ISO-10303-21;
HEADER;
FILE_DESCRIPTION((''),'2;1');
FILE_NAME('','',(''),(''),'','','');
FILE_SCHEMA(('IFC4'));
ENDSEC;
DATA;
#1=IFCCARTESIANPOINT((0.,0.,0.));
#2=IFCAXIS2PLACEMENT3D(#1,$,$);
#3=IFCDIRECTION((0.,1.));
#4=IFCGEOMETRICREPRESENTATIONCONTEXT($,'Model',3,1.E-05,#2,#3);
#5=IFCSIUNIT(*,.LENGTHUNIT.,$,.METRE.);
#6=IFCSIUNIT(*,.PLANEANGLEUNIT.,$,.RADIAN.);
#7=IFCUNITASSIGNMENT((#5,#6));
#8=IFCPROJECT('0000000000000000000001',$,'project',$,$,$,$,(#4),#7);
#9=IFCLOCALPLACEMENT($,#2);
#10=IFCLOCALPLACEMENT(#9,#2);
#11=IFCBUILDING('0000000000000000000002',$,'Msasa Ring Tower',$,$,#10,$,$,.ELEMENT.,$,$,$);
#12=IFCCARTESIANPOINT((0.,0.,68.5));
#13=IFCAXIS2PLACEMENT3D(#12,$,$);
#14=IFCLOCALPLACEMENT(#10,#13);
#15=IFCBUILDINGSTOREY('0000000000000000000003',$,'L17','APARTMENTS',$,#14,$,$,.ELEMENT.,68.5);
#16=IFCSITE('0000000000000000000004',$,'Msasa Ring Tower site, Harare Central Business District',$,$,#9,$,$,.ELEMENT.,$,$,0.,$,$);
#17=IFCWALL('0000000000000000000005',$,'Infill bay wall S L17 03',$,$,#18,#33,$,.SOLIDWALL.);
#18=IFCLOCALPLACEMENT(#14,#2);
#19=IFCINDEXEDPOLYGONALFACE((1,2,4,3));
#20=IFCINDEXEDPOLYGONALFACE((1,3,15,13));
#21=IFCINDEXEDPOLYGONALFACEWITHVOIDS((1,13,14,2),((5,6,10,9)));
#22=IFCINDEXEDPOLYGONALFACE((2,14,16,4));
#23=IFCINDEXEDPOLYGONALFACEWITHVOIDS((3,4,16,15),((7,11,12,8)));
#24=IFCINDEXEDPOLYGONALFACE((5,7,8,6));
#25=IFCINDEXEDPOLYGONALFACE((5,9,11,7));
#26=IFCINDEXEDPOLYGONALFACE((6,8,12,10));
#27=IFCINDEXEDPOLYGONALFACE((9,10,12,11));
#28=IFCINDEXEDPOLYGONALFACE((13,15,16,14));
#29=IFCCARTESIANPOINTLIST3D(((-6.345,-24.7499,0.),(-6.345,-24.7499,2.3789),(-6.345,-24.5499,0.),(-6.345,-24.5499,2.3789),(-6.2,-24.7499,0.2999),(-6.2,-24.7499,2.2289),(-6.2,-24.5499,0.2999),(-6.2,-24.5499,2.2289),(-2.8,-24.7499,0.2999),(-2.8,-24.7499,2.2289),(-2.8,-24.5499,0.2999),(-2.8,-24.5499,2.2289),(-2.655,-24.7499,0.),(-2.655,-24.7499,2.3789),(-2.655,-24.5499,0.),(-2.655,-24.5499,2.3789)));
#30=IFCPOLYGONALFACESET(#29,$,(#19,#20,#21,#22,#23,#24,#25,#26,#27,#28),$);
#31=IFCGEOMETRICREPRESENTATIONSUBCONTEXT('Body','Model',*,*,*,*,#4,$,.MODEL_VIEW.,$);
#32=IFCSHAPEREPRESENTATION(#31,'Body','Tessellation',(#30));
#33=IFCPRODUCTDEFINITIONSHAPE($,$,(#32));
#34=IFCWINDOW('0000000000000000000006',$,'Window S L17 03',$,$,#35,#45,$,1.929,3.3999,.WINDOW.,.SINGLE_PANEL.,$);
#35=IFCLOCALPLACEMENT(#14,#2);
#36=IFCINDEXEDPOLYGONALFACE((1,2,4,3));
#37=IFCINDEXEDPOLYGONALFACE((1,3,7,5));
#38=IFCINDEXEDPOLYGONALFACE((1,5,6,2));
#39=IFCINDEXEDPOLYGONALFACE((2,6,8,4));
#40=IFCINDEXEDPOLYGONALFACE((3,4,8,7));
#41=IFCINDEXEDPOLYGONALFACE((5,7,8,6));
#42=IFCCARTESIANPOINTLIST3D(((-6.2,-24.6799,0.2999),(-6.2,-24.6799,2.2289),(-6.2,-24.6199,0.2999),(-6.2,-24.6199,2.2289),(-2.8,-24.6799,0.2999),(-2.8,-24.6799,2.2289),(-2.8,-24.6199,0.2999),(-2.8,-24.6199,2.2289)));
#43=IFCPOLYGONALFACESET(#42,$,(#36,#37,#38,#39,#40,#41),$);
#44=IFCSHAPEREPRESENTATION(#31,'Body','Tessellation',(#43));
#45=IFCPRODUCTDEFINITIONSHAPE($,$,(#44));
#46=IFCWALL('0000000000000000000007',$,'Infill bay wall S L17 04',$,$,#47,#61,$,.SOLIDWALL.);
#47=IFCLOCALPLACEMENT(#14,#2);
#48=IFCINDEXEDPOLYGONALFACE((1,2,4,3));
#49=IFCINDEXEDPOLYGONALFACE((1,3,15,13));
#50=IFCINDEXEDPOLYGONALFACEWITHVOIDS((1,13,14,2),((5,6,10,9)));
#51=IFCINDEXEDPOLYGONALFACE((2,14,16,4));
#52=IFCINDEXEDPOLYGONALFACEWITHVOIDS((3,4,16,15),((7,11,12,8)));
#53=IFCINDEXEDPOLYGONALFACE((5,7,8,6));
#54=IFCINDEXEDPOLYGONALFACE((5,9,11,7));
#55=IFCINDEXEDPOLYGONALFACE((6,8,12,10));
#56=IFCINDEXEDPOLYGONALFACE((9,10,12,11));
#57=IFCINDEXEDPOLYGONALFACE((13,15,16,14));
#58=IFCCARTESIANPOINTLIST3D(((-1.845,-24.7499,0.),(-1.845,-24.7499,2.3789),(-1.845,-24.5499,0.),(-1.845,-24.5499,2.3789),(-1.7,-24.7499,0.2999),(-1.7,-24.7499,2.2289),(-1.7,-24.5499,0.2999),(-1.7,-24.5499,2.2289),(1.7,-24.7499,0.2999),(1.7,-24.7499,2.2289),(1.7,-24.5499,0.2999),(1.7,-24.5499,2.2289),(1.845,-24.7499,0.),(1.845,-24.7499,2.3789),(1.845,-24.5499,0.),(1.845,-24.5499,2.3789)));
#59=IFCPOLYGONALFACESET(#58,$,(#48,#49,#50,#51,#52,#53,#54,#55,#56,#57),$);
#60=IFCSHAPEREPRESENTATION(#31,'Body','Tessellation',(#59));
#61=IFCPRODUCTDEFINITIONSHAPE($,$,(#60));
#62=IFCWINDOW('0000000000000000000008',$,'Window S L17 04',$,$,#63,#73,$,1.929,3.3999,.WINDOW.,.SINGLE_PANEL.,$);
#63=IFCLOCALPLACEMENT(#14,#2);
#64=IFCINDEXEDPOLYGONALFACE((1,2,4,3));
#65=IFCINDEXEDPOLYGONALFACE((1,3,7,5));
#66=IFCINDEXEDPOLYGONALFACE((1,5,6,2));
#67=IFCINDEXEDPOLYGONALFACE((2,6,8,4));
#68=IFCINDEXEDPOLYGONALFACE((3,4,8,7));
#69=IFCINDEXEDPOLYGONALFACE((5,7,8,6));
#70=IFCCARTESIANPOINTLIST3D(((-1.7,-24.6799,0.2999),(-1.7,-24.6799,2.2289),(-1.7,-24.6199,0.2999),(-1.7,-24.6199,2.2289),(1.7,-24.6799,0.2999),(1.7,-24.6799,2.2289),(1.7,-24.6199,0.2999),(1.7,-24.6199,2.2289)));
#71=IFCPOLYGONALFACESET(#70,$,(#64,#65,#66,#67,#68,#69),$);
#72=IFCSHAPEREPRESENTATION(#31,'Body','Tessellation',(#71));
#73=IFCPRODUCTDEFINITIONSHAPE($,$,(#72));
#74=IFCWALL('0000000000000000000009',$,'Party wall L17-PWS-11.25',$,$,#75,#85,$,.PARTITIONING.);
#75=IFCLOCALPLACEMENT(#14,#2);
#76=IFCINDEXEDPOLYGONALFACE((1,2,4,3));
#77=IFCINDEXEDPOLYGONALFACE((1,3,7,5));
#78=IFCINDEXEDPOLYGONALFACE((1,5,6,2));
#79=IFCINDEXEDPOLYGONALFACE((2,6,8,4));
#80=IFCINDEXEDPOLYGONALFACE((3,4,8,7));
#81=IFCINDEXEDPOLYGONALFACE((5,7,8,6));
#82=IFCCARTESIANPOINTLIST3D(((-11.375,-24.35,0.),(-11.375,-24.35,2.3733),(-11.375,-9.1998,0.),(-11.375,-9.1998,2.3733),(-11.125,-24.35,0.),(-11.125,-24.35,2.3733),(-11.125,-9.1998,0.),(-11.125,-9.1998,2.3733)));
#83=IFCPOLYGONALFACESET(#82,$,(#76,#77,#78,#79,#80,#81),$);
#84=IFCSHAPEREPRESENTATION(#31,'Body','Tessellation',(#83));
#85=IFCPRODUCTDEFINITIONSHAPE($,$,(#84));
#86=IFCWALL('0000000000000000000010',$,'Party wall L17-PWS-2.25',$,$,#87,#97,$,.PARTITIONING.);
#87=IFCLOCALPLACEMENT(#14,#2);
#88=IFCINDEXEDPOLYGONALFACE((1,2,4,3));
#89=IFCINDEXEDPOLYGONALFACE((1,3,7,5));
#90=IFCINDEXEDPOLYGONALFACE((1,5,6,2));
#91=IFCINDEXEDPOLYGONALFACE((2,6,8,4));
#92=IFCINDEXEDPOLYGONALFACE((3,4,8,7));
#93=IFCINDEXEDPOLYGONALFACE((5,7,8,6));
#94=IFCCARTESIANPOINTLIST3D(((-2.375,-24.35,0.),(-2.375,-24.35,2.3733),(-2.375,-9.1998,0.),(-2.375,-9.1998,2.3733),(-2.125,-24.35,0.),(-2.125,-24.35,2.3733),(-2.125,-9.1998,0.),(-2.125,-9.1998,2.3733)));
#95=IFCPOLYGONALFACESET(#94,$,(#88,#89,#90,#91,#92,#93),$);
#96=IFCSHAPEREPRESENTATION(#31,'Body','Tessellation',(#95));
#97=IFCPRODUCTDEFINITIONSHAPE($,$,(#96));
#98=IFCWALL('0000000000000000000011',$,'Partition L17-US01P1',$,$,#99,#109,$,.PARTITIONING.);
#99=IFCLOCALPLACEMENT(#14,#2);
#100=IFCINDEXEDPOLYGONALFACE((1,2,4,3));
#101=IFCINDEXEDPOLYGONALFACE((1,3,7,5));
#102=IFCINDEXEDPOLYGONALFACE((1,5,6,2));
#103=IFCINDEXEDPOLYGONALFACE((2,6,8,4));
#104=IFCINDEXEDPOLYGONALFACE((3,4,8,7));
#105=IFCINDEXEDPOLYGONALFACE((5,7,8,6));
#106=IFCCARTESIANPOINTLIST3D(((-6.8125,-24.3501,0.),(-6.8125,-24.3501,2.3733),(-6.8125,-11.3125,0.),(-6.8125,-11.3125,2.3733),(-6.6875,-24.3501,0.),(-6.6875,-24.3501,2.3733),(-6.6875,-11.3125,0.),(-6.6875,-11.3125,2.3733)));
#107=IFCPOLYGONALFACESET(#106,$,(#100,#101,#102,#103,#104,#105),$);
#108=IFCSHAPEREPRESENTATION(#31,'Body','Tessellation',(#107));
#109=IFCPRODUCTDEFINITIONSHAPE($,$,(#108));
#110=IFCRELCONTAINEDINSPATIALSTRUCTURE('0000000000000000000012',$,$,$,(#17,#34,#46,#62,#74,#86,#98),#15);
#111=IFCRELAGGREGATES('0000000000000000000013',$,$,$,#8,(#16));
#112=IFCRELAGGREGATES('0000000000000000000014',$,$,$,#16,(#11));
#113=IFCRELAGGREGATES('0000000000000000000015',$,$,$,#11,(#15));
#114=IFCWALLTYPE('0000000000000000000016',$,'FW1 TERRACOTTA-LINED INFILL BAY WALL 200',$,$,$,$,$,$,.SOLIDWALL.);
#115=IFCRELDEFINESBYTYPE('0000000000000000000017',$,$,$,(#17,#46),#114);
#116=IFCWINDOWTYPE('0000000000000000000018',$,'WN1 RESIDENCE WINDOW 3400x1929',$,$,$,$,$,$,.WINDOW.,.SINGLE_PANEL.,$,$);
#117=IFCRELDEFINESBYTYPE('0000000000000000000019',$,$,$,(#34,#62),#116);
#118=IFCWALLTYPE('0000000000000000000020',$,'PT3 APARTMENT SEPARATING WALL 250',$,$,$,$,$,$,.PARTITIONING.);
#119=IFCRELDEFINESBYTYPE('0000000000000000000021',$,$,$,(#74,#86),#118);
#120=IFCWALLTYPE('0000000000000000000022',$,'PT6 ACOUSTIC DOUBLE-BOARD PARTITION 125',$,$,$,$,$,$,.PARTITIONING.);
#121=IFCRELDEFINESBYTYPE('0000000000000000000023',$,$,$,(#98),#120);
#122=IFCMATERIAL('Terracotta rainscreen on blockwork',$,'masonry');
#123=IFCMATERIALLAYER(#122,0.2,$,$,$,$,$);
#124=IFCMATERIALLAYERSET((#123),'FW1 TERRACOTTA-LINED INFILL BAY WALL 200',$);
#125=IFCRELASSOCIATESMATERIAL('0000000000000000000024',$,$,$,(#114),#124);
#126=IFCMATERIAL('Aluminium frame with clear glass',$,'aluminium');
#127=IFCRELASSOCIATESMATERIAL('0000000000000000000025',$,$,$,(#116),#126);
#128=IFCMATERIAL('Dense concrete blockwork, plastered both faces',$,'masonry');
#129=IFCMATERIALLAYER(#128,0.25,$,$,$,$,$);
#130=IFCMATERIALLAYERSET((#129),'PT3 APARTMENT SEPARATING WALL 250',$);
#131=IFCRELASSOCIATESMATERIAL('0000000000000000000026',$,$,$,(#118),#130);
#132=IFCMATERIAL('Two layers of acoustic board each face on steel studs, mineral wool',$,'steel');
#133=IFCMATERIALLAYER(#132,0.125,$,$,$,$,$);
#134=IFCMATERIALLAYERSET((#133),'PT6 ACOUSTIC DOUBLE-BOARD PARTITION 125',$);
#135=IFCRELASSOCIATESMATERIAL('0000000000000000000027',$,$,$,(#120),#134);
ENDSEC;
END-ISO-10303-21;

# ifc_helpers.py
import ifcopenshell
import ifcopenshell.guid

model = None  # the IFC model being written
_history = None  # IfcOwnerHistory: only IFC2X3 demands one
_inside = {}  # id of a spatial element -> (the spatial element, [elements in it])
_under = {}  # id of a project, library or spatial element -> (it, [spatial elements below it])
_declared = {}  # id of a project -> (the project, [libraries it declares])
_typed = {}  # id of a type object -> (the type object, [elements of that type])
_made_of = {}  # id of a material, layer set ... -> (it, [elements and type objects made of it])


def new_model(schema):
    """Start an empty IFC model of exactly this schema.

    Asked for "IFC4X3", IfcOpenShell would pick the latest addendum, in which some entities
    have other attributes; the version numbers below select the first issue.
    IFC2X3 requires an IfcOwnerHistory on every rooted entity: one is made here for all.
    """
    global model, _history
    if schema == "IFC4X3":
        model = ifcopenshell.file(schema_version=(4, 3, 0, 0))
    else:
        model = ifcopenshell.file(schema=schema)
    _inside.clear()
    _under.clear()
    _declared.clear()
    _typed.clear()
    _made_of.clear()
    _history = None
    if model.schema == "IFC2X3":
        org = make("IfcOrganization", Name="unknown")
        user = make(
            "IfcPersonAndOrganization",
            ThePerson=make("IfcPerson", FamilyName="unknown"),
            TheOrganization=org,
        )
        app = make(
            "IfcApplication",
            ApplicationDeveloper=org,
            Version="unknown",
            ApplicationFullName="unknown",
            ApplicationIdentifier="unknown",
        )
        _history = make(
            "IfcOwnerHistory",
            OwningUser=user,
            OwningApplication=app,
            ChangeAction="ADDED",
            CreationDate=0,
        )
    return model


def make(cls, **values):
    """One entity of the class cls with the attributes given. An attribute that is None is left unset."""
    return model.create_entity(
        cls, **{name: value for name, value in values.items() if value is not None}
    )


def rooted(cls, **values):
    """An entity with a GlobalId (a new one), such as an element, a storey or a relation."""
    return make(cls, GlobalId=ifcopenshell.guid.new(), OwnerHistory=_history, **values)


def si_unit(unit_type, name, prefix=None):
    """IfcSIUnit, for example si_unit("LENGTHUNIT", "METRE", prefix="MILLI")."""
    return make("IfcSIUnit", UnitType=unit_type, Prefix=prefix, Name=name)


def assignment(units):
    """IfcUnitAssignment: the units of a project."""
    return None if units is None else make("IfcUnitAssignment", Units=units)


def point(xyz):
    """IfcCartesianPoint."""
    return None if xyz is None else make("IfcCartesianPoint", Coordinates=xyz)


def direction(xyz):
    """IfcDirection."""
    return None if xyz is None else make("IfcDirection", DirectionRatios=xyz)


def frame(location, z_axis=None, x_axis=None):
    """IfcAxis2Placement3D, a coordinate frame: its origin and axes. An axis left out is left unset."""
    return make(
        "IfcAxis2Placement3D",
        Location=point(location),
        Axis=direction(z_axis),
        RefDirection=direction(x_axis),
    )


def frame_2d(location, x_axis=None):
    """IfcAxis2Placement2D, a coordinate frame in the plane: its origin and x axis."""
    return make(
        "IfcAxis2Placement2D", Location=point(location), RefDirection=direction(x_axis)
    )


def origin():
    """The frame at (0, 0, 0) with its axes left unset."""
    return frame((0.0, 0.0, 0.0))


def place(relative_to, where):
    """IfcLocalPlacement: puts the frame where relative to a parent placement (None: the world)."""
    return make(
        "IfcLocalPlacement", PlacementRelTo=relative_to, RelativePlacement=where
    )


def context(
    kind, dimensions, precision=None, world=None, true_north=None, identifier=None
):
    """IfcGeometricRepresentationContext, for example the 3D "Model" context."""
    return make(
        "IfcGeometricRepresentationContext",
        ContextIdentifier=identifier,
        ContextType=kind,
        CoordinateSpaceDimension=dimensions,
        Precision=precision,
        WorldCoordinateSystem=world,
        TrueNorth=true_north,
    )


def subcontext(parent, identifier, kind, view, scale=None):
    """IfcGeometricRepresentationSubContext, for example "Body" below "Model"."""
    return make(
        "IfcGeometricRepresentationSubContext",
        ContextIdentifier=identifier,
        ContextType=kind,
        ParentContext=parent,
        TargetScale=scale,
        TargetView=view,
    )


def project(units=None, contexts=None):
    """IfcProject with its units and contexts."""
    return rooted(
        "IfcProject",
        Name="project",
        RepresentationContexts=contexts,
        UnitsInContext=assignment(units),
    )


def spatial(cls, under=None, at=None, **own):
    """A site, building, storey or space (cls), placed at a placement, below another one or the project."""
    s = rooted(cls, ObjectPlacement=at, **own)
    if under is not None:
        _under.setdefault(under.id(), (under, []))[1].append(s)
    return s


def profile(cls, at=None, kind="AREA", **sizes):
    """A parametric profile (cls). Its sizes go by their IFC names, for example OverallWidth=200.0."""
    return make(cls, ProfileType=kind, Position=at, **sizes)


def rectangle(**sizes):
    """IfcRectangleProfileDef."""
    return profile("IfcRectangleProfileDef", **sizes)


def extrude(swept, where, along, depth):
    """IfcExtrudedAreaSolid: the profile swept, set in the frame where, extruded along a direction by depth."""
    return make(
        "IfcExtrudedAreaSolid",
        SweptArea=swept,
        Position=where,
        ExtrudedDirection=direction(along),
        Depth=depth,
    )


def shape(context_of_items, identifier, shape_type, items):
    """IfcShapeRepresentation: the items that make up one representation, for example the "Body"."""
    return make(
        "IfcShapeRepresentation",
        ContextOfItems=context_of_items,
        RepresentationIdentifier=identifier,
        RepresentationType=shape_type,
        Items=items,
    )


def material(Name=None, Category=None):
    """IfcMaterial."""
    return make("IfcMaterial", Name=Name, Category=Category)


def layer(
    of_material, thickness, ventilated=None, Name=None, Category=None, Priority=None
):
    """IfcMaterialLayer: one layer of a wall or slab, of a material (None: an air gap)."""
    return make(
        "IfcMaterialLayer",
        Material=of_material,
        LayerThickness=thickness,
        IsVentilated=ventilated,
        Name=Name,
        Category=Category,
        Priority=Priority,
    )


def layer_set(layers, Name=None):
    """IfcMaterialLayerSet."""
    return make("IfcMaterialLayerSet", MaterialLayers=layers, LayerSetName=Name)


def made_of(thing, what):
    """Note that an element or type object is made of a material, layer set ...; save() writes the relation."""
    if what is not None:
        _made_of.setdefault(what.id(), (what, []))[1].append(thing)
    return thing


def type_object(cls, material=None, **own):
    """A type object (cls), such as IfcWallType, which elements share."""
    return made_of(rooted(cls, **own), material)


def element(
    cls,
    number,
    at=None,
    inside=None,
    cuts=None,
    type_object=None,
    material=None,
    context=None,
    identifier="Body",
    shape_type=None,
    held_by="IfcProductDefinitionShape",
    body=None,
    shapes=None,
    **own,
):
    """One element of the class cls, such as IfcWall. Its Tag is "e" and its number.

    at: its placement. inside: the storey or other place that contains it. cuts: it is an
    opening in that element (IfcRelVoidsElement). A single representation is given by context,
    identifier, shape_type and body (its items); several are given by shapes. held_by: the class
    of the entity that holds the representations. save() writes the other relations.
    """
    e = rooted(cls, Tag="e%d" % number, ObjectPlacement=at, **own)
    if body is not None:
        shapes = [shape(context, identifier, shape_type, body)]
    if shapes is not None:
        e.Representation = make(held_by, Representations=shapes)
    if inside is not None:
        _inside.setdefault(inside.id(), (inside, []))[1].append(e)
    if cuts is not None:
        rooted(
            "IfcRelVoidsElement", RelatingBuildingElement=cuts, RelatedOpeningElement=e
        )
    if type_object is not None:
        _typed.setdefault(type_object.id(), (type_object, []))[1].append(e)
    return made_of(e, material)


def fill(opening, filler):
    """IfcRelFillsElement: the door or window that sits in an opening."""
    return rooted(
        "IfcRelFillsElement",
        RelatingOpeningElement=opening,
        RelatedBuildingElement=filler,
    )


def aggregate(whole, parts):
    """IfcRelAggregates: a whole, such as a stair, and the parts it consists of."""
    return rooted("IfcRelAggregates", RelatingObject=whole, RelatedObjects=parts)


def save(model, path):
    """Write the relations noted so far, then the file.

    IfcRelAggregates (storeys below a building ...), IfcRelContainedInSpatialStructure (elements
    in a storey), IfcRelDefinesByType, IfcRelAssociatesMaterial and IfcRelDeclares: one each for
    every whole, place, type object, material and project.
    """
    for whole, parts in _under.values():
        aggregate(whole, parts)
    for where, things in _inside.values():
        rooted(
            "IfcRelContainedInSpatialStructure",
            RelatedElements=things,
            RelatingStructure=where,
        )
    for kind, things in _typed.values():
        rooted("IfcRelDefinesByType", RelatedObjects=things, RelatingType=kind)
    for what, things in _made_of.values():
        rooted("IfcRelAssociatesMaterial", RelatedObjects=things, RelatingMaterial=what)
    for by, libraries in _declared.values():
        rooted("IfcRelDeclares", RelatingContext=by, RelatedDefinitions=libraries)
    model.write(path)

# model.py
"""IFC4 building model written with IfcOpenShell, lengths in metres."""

from ifc_helpers import new_model, si_unit, direction, frame, frame_2d, origin, place, context, subcontext, project, spatial, rectangle, extrude, material, layer, layer_set, type_object, element, fill, save


model = new_model("IFC4")

# Units and contexts
model_context = context("Model", 3, precision=1e-05, world=origin(), true_north=direction((0.0, 1.0)))
body_context = subcontext(model_context, "Body", "Model", "MODEL_VIEW")
ifc_project = project(units=[si_unit("LENGTHUNIT", "METRE"), si_unit("PLANEANGLEUNIT", "RADIAN")], contexts=[model_context])

# Site, building, storey
site_placement = place(None, origin())
site = spatial("IfcSite", under=ifc_project, at=site_placement, Name="Msasa Ring Tower site, Harare Central Business District", CompositionType="ELEMENT", RefElevation=0.0)
building_placement = place(site_placement, origin())
building = spatial("IfcBuilding", under=site, at=building_placement, Name="Msasa Ring Tower", CompositionType="ELEMENT")
storey_placement = place(building_placement, frame((0.0, 0.0, 68.5)))
storey = spatial("IfcBuildingStorey", under=building, at=storey_placement, Name="L17", Description="APARTMENTS", CompositionType="ELEMENT", Elevation=68.5)

# Walls, openings, windows
ifc_material_1 = material(Name="Terracotta rainscreen on blockwork", Category="masonry")
ifc_layer_1 = layer(ifc_material_1, 0.2)
ifc_layer_set_1 = layer_set([ifc_layer_1], Name="FW1 TERRACOTTA-LINED INFILL BAY WALL 200")
wall_type_1 = type_object("IfcWallType", Name="FW1 TERRACOTTA-LINED INFILL BAY WALL 200", PredefinedType="SOLIDWALL", material=ifc_layer_set_1)
ifc_material_2 = material(Name="Aluminium frame with clear glass", Category="aluminium")
window_type = type_object("IfcWindowType", Name="WN1 RESIDENCE WINDOW 3400x1929", PartitioningType="SINGLE_PANEL", PredefinedType="WINDOW", material=ifc_material_2)
wall_1_placement = place(storey_placement, frame((-6.345, -24.6499, 0.0), z_axis=(0.0, 0.0, 1.0), x_axis=(1.0, 0.0, 0.0)))
wall_1 = element("IfcWall", 1, at=wall_1_placement, inside=storey, type_object=wall_type_1, Name="Infill bay wall S L17 03", PredefinedType="SOLIDWALL", context=body_context, shape_type="SweptSolid", body=[
    extrude(rectangle(XDim=3.6899, YDim=0.2, at=frame_2d((1.845, 0.0))), origin(), (0.0, 0.0, 1.0), 2.3789),
])
opening_1_placement = place(wall_1_placement, frame((0.145, 0.0, 0.3)))
opening_1 = element("IfcOpeningElement", 2, at=opening_1_placement, cuts=wall_1, PredefinedType="OPENING", context=body_context, shape_type="SweptSolid", body=[
    extrude(rectangle(XDim=3.3999, YDim=1.929, at=frame_2d((1.7, 0.9644))), frame((0.0, 0.1099, 0.0), z_axis=(0.0, -1.0, 0.0), x_axis=(1.0, 0.0, 0.0)), (0.0, 0.0, 1.0), 0.22),
])
window_1_placement = place(opening_1_placement, origin())
window_1 = element("IfcWindow", 3, at=window_1_placement, inside=storey, type_object=window_type, Name="Window S L17 03", OverallHeight=1.929, OverallWidth=3.3999, PartitioningType="SINGLE_PANEL", PredefinedType="WINDOW", context=body_context, shape_type="SweptSolid", body=[
    extrude(rectangle(XDim=3.3999, YDim=1.929, at=frame_2d((1.7, 0.9644))), frame((0.0, 0.03, 0.0), z_axis=(0.0, -1.0, 0.0), x_axis=(1.0, 0.0, 0.0)), (0.0, 0.0, 1.0), 0.0601),
])
fill(opening_1, window_1)
wall_2_placement = place(storey_placement, frame((-1.845, -24.6499, 0.0), z_axis=(0.0, 0.0, 1.0), x_axis=(1.0, 0.0, 0.0)))
wall_2 = element("IfcWall", 4, at=wall_2_placement, inside=storey, type_object=wall_type_1, Name="Infill bay wall S L17 04", PredefinedType="SOLIDWALL", context=body_context, shape_type="SweptSolid", body=[
    extrude(rectangle(XDim=3.6899, YDim=0.2, at=frame_2d((1.845, 0.0))), origin(), (0.0, 0.0, 1.0), 2.3789),
])
opening_2_placement = place(wall_2_placement, frame((0.145, 0.0, 0.3)))
opening_2 = element("IfcOpeningElement", 5, at=opening_2_placement, cuts=wall_2, PredefinedType="OPENING", context=body_context, shape_type="SweptSolid", body=[
    extrude(rectangle(XDim=3.3999, YDim=1.929, at=frame_2d((1.7, 0.9644))), frame((0.0, 0.1099, 0.0), z_axis=(0.0, -1.0, 0.0), x_axis=(1.0, 0.0, 0.0)), (0.0, 0.0, 1.0), 0.22),
])
window_2_placement = place(opening_2_placement, origin())
window_2 = element("IfcWindow", 6, at=window_2_placement, inside=storey, type_object=window_type, Name="Window S L17 04", OverallHeight=1.929, OverallWidth=3.3999, PartitioningType="SINGLE_PANEL", PredefinedType="WINDOW", context=body_context, shape_type="SweptSolid", body=[
    extrude(rectangle(XDim=3.3999, YDim=1.929, at=frame_2d((1.7, 0.9644))), frame((0.0, 0.03, 0.0), z_axis=(0.0, -1.0, 0.0), x_axis=(1.0, 0.0, 0.0)), (0.0, 0.0, 1.0), 0.0601),
])
fill(opening_2, window_2)

# Walls
ifc_material_3 = material(Name="Dense concrete blockwork, plastered both faces", Category="masonry")
ifc_layer_2 = layer(ifc_material_3, 0.25)
ifc_layer_set_2 = layer_set([ifc_layer_2], Name="PT3 APARTMENT SEPARATING WALL 250")
wall_type_2 = type_object("IfcWallType", Name="PT3 APARTMENT SEPARATING WALL 250", PredefinedType="PARTITIONING", material=ifc_layer_set_2)
for number, where, z_axis, x_axis, name in (
    (7, (-11.25, -24.3501, 0.0), (0.0, 0.0, 1.0), (0.0, 1.0, 0.0), "Party wall L17-PWS-11.25"),
    (8, (-2.25, -24.3501, 0.0), (0.0, 0.0, 1.0), (0.0, 1.0, 0.0), "Party wall L17-PWS-2.25"),
):
    element("IfcWall", number, at=place(storey_placement, frame(where, z_axis=z_axis, x_axis=x_axis)), inside=storey, type_object=wall_type_2, Name=name, PredefinedType="PARTITIONING", context=body_context, shape_type="SweptSolid", body=[
        extrude(rectangle(XDim=15.1501, YDim=0.25, at=frame_2d((7.5752, 0.0))), origin(), (0.0, 0.0, 1.0), 2.3733),
    ])
ifc_material_4 = material(Name="Two layers of acoustic board each face on steel studs, mineral wool", Category="steel")
ifc_layer_3 = layer(ifc_material_4, 0.125)
ifc_layer_set_3 = layer_set([ifc_layer_3], Name="PT6 ACOUSTIC DOUBLE-BOARD PARTITION 125")
wall_type_3 = type_object("IfcWallType", Name="PT6 ACOUSTIC DOUBLE-BOARD PARTITION 125", PredefinedType="PARTITIONING", material=ifc_layer_set_3)
wall_3_placement = place(storey_placement, frame((-6.75, -24.3501, 0.0), z_axis=(0.0, 0.0, 1.0), x_axis=(0.0, 1.0, 0.0)))
element("IfcWall", 9, at=wall_3_placement, inside=storey, type_object=wall_type_3, Name="Partition L17-US01P1", PredefinedType="PARTITIONING", context=body_context, shape_type="SweptSolid", body=[
    extrude(rectangle(XDim=13.0376, YDim=0.125, at=frame_2d((6.5188, 0.0))), origin(), (0.0, 0.0, 1.0), 2.3733),
])

save(model, "model.ifc")
